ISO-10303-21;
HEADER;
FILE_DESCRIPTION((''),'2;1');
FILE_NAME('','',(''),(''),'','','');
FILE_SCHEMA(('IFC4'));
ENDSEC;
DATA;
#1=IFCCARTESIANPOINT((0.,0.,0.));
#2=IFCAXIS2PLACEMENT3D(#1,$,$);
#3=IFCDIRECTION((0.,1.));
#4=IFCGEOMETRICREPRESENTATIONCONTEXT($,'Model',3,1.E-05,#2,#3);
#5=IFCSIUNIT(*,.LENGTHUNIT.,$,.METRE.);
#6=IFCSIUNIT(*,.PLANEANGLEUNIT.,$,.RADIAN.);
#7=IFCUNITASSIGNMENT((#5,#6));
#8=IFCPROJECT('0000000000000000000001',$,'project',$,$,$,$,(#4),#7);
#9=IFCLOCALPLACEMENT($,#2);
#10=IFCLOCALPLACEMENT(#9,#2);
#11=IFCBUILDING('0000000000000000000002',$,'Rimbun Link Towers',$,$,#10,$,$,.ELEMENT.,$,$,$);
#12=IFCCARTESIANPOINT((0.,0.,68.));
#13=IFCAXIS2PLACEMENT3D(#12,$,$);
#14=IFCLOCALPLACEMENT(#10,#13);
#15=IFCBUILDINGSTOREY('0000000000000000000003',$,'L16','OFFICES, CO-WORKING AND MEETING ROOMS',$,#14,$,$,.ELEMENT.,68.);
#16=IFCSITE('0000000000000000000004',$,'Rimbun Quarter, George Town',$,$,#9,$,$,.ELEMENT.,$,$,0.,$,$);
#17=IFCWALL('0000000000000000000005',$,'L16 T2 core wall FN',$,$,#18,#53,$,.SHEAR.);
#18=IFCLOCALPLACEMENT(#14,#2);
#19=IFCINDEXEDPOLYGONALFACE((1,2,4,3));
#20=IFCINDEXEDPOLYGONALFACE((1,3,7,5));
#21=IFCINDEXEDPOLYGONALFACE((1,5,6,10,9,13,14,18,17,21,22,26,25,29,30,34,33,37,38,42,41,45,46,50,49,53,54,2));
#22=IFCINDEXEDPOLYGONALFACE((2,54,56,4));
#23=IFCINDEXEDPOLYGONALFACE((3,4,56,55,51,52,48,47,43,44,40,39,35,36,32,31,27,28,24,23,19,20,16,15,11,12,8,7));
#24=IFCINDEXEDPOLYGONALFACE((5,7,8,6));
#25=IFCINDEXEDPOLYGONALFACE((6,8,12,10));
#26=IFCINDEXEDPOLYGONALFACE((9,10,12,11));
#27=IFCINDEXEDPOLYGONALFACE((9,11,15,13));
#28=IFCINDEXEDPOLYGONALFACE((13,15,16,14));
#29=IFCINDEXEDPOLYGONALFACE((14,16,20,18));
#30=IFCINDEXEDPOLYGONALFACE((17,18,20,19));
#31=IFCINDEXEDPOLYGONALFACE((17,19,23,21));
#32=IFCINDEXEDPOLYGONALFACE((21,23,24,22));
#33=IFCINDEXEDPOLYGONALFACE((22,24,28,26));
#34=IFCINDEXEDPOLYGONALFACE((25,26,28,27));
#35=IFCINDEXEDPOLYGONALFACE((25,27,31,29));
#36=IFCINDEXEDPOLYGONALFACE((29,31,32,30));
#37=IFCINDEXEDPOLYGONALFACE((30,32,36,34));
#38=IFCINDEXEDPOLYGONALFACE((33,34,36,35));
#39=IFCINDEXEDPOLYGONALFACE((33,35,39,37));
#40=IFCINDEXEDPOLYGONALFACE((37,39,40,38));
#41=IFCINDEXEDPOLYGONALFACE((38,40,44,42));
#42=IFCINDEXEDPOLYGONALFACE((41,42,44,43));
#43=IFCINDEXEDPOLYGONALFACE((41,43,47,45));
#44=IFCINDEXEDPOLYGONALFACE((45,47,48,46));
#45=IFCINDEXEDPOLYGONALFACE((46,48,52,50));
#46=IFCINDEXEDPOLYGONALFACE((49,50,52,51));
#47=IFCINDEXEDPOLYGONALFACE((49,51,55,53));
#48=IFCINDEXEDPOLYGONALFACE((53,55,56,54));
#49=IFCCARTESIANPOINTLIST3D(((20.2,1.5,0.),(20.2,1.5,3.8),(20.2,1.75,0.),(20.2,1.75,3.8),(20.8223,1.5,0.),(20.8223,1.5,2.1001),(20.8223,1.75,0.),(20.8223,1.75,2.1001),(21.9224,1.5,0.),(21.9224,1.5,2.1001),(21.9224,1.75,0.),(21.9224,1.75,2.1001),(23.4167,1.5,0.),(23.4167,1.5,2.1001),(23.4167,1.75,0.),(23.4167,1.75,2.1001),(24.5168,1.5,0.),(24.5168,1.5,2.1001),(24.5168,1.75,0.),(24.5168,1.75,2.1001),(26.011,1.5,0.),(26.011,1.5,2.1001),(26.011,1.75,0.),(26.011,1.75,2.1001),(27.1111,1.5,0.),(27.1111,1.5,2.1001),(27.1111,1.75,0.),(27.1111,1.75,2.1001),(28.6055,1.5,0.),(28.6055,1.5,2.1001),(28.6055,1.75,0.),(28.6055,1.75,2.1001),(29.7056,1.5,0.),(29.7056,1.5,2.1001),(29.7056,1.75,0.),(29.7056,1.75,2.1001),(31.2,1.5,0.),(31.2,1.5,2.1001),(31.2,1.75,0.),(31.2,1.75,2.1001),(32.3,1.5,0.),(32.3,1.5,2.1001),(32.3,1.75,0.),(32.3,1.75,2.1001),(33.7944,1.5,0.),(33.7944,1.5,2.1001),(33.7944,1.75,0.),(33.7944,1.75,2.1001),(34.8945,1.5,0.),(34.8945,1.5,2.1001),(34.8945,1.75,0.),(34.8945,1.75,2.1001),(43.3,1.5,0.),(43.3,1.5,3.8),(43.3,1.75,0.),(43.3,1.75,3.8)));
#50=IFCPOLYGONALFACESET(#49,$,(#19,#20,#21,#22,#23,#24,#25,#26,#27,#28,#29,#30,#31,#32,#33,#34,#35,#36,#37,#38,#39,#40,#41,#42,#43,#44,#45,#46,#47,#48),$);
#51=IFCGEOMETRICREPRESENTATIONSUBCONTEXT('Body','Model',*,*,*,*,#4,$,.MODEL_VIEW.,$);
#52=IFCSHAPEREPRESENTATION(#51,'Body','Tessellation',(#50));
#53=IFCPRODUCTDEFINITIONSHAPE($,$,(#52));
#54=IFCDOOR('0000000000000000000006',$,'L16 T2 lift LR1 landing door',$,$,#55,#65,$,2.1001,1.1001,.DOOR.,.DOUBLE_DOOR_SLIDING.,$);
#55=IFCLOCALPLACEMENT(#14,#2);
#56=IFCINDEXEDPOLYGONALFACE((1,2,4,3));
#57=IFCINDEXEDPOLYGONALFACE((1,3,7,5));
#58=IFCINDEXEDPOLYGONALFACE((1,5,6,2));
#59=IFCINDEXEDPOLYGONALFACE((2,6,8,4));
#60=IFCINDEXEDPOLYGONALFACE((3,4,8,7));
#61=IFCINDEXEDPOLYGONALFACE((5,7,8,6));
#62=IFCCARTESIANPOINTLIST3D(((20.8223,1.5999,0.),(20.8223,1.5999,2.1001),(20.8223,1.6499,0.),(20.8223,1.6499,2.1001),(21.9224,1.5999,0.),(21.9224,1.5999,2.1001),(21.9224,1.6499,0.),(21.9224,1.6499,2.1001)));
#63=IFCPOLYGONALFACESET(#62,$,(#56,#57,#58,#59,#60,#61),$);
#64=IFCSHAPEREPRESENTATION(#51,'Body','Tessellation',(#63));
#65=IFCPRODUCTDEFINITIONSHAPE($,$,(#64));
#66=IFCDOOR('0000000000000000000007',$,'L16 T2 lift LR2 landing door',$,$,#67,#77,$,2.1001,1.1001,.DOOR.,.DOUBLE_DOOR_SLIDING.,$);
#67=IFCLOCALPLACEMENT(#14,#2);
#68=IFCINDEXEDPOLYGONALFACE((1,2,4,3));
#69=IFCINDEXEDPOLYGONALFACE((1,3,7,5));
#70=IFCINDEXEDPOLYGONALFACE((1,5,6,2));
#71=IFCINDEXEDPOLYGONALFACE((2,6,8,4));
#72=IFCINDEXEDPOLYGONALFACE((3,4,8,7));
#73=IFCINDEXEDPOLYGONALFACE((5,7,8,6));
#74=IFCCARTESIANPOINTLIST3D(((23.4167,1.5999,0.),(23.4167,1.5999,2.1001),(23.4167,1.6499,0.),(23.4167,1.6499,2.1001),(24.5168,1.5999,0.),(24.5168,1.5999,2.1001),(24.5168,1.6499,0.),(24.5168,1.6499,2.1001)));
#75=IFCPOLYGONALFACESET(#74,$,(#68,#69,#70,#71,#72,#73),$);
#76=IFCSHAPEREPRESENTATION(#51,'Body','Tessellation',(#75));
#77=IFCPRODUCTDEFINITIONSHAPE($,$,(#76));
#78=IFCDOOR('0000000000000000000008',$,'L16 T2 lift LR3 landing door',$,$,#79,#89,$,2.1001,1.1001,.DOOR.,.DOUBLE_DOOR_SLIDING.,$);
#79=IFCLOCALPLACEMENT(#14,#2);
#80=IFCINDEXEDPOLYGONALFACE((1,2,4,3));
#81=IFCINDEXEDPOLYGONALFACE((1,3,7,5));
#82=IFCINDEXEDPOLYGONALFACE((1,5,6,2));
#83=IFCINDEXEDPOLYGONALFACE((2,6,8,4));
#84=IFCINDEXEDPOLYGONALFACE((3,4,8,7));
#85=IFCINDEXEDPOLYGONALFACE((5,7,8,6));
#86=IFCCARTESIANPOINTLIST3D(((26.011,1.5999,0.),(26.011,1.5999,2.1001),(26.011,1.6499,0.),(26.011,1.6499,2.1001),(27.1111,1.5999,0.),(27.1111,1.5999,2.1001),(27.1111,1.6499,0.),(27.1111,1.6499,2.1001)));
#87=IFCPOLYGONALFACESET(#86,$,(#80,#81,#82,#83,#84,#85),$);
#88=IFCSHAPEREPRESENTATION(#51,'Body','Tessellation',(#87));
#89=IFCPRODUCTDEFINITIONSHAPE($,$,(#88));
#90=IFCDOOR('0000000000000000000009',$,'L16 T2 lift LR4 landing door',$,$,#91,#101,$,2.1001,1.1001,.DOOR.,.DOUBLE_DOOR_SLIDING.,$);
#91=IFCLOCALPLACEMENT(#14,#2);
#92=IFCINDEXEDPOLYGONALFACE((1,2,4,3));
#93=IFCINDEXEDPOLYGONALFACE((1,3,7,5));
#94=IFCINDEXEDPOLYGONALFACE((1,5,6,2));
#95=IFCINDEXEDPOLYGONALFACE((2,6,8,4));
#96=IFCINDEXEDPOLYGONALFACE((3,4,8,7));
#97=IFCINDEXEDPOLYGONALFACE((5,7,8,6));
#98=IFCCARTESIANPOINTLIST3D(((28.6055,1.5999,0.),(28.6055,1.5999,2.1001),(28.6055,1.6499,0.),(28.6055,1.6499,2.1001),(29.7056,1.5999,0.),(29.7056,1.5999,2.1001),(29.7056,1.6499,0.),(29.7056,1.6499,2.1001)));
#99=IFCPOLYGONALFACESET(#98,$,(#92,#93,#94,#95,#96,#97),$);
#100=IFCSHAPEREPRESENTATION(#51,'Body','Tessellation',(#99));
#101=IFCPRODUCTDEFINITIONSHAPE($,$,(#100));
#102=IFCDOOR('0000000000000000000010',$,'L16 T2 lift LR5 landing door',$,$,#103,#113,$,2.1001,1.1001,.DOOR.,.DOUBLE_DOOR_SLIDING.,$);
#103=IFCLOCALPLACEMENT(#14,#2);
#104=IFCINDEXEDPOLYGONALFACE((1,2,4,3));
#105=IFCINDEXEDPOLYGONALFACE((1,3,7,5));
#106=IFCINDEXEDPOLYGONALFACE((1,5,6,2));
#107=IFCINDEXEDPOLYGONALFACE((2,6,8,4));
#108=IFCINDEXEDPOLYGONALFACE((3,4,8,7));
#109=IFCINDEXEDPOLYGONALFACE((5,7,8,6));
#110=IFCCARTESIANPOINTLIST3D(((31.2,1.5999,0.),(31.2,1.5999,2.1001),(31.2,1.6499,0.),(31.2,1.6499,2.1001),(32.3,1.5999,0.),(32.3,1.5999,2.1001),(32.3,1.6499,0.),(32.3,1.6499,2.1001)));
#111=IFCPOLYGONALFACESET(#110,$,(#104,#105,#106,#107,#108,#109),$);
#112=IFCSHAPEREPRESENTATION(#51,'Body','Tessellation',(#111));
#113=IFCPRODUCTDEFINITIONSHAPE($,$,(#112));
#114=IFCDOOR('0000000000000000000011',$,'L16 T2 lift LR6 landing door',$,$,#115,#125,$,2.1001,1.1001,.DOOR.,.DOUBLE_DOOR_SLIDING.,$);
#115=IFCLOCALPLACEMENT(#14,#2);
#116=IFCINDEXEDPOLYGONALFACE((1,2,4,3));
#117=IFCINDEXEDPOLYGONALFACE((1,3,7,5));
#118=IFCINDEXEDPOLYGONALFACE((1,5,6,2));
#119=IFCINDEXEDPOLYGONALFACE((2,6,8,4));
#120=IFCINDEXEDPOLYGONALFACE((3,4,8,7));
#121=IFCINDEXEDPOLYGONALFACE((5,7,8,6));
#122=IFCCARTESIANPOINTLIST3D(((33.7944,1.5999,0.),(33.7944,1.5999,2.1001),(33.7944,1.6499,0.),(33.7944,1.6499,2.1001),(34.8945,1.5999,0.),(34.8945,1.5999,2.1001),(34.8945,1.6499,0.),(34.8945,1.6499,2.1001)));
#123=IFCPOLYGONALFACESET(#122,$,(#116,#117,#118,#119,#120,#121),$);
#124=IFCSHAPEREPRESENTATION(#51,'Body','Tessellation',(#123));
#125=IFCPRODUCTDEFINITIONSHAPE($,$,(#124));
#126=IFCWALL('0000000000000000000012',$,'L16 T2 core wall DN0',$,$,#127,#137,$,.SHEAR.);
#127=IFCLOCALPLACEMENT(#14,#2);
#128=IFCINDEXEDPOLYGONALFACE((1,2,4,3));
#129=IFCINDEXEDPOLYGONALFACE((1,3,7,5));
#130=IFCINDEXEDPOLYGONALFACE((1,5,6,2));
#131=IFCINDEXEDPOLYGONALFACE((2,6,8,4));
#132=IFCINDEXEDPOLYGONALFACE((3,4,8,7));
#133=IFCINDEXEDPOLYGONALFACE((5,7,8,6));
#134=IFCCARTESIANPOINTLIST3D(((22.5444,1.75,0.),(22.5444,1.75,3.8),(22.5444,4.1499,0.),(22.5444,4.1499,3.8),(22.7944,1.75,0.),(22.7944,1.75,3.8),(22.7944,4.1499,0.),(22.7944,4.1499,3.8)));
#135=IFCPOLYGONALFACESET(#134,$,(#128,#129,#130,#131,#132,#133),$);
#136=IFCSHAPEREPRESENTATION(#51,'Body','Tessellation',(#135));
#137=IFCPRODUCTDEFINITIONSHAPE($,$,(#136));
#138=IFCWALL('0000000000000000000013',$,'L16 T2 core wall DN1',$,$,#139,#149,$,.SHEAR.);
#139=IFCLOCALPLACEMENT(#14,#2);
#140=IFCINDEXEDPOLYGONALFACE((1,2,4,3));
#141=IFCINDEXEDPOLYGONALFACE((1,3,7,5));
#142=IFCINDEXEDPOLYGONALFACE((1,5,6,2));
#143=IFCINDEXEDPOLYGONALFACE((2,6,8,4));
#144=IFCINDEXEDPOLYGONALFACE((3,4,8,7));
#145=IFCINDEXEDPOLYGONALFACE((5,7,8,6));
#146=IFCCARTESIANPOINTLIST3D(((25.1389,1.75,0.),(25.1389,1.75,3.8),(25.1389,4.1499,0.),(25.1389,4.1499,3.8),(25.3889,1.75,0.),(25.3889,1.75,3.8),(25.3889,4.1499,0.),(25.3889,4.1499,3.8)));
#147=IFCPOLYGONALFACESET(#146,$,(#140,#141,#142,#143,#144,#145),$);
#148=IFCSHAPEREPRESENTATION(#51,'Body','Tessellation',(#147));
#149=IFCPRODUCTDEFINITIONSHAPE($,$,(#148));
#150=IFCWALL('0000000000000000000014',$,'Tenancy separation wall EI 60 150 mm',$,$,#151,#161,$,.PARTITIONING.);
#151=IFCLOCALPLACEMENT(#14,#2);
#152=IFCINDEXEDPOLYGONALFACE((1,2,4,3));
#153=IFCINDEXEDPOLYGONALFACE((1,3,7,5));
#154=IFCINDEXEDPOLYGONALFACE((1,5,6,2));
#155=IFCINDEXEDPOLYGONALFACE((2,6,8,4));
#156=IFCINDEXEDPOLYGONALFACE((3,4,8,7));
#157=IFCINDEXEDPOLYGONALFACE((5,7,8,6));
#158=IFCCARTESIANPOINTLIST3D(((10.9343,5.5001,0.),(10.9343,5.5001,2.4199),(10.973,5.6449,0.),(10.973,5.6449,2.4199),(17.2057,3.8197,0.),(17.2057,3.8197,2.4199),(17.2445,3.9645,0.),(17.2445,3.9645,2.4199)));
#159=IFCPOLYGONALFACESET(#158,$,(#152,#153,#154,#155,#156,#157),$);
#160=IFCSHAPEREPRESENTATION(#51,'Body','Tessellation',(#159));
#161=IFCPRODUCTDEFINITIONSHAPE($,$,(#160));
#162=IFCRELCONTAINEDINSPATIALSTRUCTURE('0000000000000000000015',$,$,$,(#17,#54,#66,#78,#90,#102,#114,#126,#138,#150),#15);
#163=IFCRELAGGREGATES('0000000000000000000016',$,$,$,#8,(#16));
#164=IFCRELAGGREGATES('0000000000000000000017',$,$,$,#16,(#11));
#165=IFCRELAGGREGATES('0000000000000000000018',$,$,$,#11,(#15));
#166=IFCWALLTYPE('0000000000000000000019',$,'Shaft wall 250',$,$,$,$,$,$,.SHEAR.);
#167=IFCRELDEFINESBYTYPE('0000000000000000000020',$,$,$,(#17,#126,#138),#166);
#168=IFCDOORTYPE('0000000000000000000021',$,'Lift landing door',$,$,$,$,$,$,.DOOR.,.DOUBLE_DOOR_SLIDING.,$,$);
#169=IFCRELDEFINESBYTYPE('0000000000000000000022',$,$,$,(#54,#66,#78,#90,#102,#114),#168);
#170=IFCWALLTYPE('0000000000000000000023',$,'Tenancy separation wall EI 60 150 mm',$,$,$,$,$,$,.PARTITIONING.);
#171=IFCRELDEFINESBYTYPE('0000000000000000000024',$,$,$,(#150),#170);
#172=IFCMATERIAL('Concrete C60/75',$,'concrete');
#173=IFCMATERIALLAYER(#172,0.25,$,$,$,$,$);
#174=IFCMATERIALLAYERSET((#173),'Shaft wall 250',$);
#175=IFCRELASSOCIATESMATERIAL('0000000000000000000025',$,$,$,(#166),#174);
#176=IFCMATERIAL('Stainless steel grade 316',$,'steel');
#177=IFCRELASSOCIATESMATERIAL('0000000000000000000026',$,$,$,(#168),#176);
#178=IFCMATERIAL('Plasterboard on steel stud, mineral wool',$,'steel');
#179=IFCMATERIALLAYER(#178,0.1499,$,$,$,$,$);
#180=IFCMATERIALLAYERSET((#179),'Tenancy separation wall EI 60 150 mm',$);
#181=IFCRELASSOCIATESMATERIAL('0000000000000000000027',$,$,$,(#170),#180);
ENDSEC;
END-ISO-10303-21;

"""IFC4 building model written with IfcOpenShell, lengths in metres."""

from ifc_helpers import new_model, si_unit, direction, frame, frame_2d, origin, place, context, subcontext, project, spatial, rectangle, extrude, material, layer, layer_set, type_object, element, fill, save


model = new_model("IFC4")

# Units and contexts
model_context = context("Model", 3, precision=1e-05, world=origin(), true_north=direction((0.0, 1.0)))
body_context = subcontext(model_context, "Body", "Model", "MODEL_VIEW")
ifc_project = project(units=[si_unit("LENGTHUNIT", "METRE"), si_unit("PLANEANGLEUNIT", "RADIAN")], contexts=[model_context])

# Site, building, storey
site_placement = place(None, origin())
site = spatial("IfcSite", under=ifc_project, at=site_placement, Name="Rimbun Quarter, George Town", CompositionType="ELEMENT", RefElevation=0.0)
building_placement = place(site_placement, origin())
building = spatial("IfcBuilding", under=site, at=building_placement, Name="Rimbun Link Towers", CompositionType="ELEMENT")
storey_placement = place(building_placement, frame((0.0, 0.0, 68.0)))
storey = spatial("IfcBuildingStorey", under=building, at=storey_placement, Name="L16", Description="OFFICES, CO-WORKING AND MEETING ROOMS", CompositionType="ELEMENT", Elevation=68.0)

# Shared definitions
ifc_material_1 = material(Name="Concrete C60/75", Category="concrete")
ifc_layer_1 = layer(ifc_material_1, 0.25)
ifc_layer_set_1 = layer_set([ifc_layer_1], Name="Shaft wall 250")
wall_type_1 = type_object("IfcWallType", Name="Shaft wall 250", PredefinedType="SHEAR", material=ifc_layer_set_1)

# Wall, openings, doors
wall_1_placement = place(storey_placement, frame((20.2, 1.625, 0.0), z_axis=(0.0, 0.0, 1.0), x_axis=(1.0, 0.0, 0.0)))
wall_1 = element("IfcWall", 1, at=wall_1_placement, inside=storey, type_object=wall_type_1, Name="L16 T2 core wall FN", PredefinedType="SHEAR", context=body_context, shape_type="SweptSolid", body=[
    extrude(rectangle(XDim=23.1001, YDim=0.25, at=frame_2d((11.55, 0.0))), origin(), (0.0, 0.0, 1.0), 3.8),
])
opening_1_placement = place(wall_1_placement, frame((0.6223, 0.0, 0.0)))
opening_1 = element("IfcOpeningElement", 2, at=opening_1_placement, cuts=wall_1, PredefinedType="OPENING", context=body_context, shape_type="SweptSolid", body=[
    extrude(rectangle(XDim=1.1001, YDim=2.1001, at=frame_2d((0.55, 1.05))), frame((0.0, 0.135, 0.0), z_axis=(0.0, -1.0, 0.0), x_axis=(1.0, 0.0, 0.0)), (0.0, 0.0, 1.0), 0.27),
])
opening_2_placement = place(wall_1_placement, frame((3.2168, 0.0, 0.0)))
opening_2 = element("IfcOpeningElement", 3, at=opening_2_placement, cuts=wall_1, PredefinedType="OPENING", context=body_context, shape_type="SweptSolid", body=[
    extrude(rectangle(XDim=1.1001, YDim=2.1001, at=frame_2d((0.55, 1.05))), frame((0.0, 0.135, 0.0), z_axis=(0.0, -1.0, 0.0), x_axis=(1.0, 0.0, 0.0)), (0.0, 0.0, 1.0), 0.27),
])
opening_3_placement = place(wall_1_placement, frame((5.811, 0.0, 0.0)))
opening_3 = element("IfcOpeningElement", 4, at=opening_3_placement, cuts=wall_1, PredefinedType="OPENING", context=body_context, shape_type="SweptSolid", body=[
    extrude(rectangle(XDim=1.1001, YDim=2.1001, at=frame_2d((0.55, 1.05))), frame((0.0, 0.135, 0.0), z_axis=(0.0, -1.0, 0.0), x_axis=(1.0, 0.0, 0.0)), (0.0, 0.0, 1.0), 0.27),
])
opening_4_placement = place(wall_1_placement, frame((8.4055, 0.0, 0.0)))
opening_4 = element("IfcOpeningElement", 5, at=opening_4_placement, cuts=wall_1, PredefinedType="OPENING", context=body_context, shape_type="SweptSolid", body=[
    extrude(rectangle(XDim=1.1001, YDim=2.1001, at=frame_2d((0.55, 1.05))), frame((0.0, 0.135, 0.0), z_axis=(0.0, -1.0, 0.0), x_axis=(1.0, 0.0, 0.0)), (0.0, 0.0, 1.0), 0.27),
])
opening_5_placement = place(wall_1_placement, frame((11.0, 0.0, 0.0)))
opening_5 = element("IfcOpeningElement", 6, at=opening_5_placement, cuts=wall_1, PredefinedType="OPENING", context=body_context, shape_type="SweptSolid", body=[
    extrude(rectangle(XDim=1.1001, YDim=2.1001, at=frame_2d((0.55, 1.05))), frame((0.0, 0.135, 0.0), z_axis=(0.0, -1.0, 0.0), x_axis=(1.0, 0.0, 0.0)), (0.0, 0.0, 1.0), 0.27),
])
opening_6_placement = place(wall_1_placement, frame((13.5945, 0.0, 0.0)))
opening_6 = element("IfcOpeningElement", 7, at=opening_6_placement, cuts=wall_1, PredefinedType="OPENING", context=body_context, shape_type="SweptSolid", body=[
    extrude(rectangle(XDim=1.1001, YDim=2.1001, at=frame_2d((0.55, 1.05))), frame((0.0, 0.135, 0.0), z_axis=(0.0, -1.0, 0.0), x_axis=(1.0, 0.0, 0.0)), (0.0, 0.0, 1.0), 0.27),
])
ifc_material_2 = material(Name="Stainless steel grade 316", Category="steel")
door_type_1 = type_object("IfcDoorType", Name="Lift landing door", OperationType="DOUBLE_DOOR_SLIDING", PredefinedType="DOOR", material=ifc_material_2)
door_1_placement = place(opening_1_placement, origin())
door_1 = element("IfcDoor", 8, at=door_1_placement, inside=storey, type_object=door_type_1, Name="L16 T2 lift LR1 landing door", OperationType="DOUBLE_DOOR_SLIDING", OverallHeight=2.1001, OverallWidth=1.1001, PredefinedType="DOOR", context=body_context, shape_type="SweptSolid", body=[
    extrude(rectangle(XDim=1.1001, YDim=2.1001, at=frame_2d((0.55, 1.05))), frame((0.0, 0.0249, 0.0), z_axis=(0.0, -1.0, 0.0), x_axis=(1.0, 0.0, 0.0)), (0.0, 0.0, 1.0), 0.05),
])
fill(opening_1, door_1)
door_2_placement = place(opening_2_placement, origin())
door_2 = element("IfcDoor", 9, at=door_2_placement, inside=storey, type_object=door_type_1, Name="L16 T2 lift LR2 landing door", OperationType="DOUBLE_DOOR_SLIDING", OverallHeight=2.1001, OverallWidth=1.1001, PredefinedType="DOOR", context=body_context, shape_type="SweptSolid", body=[
    extrude(rectangle(XDim=1.1001, YDim=2.1001, at=frame_2d((0.55, 1.05))), frame((0.0, 0.0249, 0.0), z_axis=(0.0, -1.0, 0.0), x_axis=(1.0, 0.0, 0.0)), (0.0, 0.0, 1.0), 0.05),
])
fill(opening_2, door_2)
door_3_placement = place(opening_3_placement, origin())
door_3 = element("IfcDoor", 10, at=door_3_placement, inside=storey, type_object=door_type_1, Name="L16 T2 lift LR3 landing door", OperationType="DOUBLE_DOOR_SLIDING", OverallHeight=2.1001, OverallWidth=1.1001, PredefinedType="DOOR", context=body_context, shape_type="SweptSolid", body=[
    extrude(rectangle(XDim=1.1001, YDim=2.1001, at=frame_2d((0.55, 1.05))), frame((0.0, 0.0249, 0.0), z_axis=(0.0, -1.0, 0.0), x_axis=(1.0, 0.0, 0.0)), (0.0, 0.0, 1.0), 0.05),
])
fill(opening_3, door_3)
door_4_placement = place(opening_4_placement, origin())
door_4 = element("IfcDoor", 11, at=door_4_placement, inside=storey, type_object=door_type_1, Name="L16 T2 lift LR4 landing door", OperationType="DOUBLE_DOOR_SLIDING", OverallHeight=2.1001, OverallWidth=1.1001, PredefinedType="DOOR", context=body_context, shape_type="SweptSolid", body=[
    extrude(rectangle(XDim=1.1001, YDim=2.1001, at=frame_2d((0.55, 1.05))), frame((0.0, 0.0249, 0.0), z_axis=(0.0, -1.0, 0.0), x_axis=(1.0, 0.0, 0.0)), (0.0, 0.0, 1.0), 0.05),
])
fill(opening_4, door_4)
door_5_placement = place(opening_5_placement, origin())
door_5 = element("IfcDoor", 12, at=door_5_placement, inside=storey, type_object=door_type_1, Name="L16 T2 lift LR5 landing door", OperationType="DOUBLE_DOOR_SLIDING", OverallHeight=2.1001, OverallWidth=1.1001, PredefinedType="DOOR", context=body_context, shape_type="SweptSolid", body=[
    extrude(rectangle(XDim=1.1001, YDim=2.1001, at=frame_2d((0.55, 1.05))), frame((0.0, 0.0249, 0.0), z_axis=(0.0, -1.0, 0.0), x_axis=(1.0, 0.0, 0.0)), (0.0, 0.0, 1.0), 0.05),
])
fill(opening_5, door_5)
door_6_placement = place(opening_6_placement, origin())
door_6 = element("IfcDoor", 13, at=door_6_placement, inside=storey, type_object=door_type_1, Name="L16 T2 lift LR6 landing door", OperationType="DOUBLE_DOOR_SLIDING", OverallHeight=2.1001, OverallWidth=1.1001, PredefinedType="DOOR", context=body_context, shape_type="SweptSolid", body=[
    extrude(rectangle(XDim=1.1001, YDim=2.1001, at=frame_2d((0.55, 1.05))), frame((0.0, 0.0249, 0.0), z_axis=(0.0, -1.0, 0.0), x_axis=(1.0, 0.0, 0.0)), (0.0, 0.0, 1.0), 0.05),
])
fill(opening_6, door_6)

# Walls
for number, where, z_axis, x_axis, name in (
    (14, (22.6694, 1.75, 0.0), (0.0, 0.0, 1.0), (0.0, 1.0, 0.0), "L16 T2 core wall DN0"),
    (15, (25.2639, 1.75, 0.0), (0.0, 0.0, 1.0), (0.0, 1.0, 0.0), "L16 T2 core wall DN1"),
):
    element("IfcWall", number, at=place(storey_placement, frame(where, z_axis=z_axis, x_axis=x_axis)), inside=storey, type_object=wall_type_1, Name=name, PredefinedType="SHEAR", context=body_context, shape_type="SweptSolid", body=[
        extrude(rectangle(XDim=2.3999, YDim=0.25, at=frame_2d((1.2, 0.0))), origin(), (0.0, 0.0, 1.0), 3.8),
    ])
ifc_material_3 = material(Name="Plasterboard on steel stud, mineral wool", Category="steel")
ifc_layer_2 = layer(ifc_material_3, 0.1499)
ifc_layer_set_2 = layer_set([ifc_layer_2], Name="Tenancy separation wall EI 60 150 mm")
wall_type_2 = type_object("IfcWallType", Name="Tenancy separation wall EI 60 150 mm", PredefinedType="PARTITIONING", material=ifc_layer_set_2)
wall_2_placement = place(storey_placement, frame((17.2251, 3.8921, 0.0), z_axis=(0.0, 0.0, 1.0), x_axis=(-0.965927, 0.258816, 0.0)))
element("IfcWall", 16, at=wall_2_placement, inside=storey, type_object=wall_type_2, Name="Tenancy separation wall EI 60 150 mm", PredefinedType="PARTITIONING", context=body_context, shape_type="SweptSolid", body=[
    extrude(rectangle(XDim=6.4927, YDim=0.1499, at=frame_2d((3.2463, 0.0))), origin(), (0.0, 0.0, 1.0), 2.4199),
])

save(model, "model.ifc")
